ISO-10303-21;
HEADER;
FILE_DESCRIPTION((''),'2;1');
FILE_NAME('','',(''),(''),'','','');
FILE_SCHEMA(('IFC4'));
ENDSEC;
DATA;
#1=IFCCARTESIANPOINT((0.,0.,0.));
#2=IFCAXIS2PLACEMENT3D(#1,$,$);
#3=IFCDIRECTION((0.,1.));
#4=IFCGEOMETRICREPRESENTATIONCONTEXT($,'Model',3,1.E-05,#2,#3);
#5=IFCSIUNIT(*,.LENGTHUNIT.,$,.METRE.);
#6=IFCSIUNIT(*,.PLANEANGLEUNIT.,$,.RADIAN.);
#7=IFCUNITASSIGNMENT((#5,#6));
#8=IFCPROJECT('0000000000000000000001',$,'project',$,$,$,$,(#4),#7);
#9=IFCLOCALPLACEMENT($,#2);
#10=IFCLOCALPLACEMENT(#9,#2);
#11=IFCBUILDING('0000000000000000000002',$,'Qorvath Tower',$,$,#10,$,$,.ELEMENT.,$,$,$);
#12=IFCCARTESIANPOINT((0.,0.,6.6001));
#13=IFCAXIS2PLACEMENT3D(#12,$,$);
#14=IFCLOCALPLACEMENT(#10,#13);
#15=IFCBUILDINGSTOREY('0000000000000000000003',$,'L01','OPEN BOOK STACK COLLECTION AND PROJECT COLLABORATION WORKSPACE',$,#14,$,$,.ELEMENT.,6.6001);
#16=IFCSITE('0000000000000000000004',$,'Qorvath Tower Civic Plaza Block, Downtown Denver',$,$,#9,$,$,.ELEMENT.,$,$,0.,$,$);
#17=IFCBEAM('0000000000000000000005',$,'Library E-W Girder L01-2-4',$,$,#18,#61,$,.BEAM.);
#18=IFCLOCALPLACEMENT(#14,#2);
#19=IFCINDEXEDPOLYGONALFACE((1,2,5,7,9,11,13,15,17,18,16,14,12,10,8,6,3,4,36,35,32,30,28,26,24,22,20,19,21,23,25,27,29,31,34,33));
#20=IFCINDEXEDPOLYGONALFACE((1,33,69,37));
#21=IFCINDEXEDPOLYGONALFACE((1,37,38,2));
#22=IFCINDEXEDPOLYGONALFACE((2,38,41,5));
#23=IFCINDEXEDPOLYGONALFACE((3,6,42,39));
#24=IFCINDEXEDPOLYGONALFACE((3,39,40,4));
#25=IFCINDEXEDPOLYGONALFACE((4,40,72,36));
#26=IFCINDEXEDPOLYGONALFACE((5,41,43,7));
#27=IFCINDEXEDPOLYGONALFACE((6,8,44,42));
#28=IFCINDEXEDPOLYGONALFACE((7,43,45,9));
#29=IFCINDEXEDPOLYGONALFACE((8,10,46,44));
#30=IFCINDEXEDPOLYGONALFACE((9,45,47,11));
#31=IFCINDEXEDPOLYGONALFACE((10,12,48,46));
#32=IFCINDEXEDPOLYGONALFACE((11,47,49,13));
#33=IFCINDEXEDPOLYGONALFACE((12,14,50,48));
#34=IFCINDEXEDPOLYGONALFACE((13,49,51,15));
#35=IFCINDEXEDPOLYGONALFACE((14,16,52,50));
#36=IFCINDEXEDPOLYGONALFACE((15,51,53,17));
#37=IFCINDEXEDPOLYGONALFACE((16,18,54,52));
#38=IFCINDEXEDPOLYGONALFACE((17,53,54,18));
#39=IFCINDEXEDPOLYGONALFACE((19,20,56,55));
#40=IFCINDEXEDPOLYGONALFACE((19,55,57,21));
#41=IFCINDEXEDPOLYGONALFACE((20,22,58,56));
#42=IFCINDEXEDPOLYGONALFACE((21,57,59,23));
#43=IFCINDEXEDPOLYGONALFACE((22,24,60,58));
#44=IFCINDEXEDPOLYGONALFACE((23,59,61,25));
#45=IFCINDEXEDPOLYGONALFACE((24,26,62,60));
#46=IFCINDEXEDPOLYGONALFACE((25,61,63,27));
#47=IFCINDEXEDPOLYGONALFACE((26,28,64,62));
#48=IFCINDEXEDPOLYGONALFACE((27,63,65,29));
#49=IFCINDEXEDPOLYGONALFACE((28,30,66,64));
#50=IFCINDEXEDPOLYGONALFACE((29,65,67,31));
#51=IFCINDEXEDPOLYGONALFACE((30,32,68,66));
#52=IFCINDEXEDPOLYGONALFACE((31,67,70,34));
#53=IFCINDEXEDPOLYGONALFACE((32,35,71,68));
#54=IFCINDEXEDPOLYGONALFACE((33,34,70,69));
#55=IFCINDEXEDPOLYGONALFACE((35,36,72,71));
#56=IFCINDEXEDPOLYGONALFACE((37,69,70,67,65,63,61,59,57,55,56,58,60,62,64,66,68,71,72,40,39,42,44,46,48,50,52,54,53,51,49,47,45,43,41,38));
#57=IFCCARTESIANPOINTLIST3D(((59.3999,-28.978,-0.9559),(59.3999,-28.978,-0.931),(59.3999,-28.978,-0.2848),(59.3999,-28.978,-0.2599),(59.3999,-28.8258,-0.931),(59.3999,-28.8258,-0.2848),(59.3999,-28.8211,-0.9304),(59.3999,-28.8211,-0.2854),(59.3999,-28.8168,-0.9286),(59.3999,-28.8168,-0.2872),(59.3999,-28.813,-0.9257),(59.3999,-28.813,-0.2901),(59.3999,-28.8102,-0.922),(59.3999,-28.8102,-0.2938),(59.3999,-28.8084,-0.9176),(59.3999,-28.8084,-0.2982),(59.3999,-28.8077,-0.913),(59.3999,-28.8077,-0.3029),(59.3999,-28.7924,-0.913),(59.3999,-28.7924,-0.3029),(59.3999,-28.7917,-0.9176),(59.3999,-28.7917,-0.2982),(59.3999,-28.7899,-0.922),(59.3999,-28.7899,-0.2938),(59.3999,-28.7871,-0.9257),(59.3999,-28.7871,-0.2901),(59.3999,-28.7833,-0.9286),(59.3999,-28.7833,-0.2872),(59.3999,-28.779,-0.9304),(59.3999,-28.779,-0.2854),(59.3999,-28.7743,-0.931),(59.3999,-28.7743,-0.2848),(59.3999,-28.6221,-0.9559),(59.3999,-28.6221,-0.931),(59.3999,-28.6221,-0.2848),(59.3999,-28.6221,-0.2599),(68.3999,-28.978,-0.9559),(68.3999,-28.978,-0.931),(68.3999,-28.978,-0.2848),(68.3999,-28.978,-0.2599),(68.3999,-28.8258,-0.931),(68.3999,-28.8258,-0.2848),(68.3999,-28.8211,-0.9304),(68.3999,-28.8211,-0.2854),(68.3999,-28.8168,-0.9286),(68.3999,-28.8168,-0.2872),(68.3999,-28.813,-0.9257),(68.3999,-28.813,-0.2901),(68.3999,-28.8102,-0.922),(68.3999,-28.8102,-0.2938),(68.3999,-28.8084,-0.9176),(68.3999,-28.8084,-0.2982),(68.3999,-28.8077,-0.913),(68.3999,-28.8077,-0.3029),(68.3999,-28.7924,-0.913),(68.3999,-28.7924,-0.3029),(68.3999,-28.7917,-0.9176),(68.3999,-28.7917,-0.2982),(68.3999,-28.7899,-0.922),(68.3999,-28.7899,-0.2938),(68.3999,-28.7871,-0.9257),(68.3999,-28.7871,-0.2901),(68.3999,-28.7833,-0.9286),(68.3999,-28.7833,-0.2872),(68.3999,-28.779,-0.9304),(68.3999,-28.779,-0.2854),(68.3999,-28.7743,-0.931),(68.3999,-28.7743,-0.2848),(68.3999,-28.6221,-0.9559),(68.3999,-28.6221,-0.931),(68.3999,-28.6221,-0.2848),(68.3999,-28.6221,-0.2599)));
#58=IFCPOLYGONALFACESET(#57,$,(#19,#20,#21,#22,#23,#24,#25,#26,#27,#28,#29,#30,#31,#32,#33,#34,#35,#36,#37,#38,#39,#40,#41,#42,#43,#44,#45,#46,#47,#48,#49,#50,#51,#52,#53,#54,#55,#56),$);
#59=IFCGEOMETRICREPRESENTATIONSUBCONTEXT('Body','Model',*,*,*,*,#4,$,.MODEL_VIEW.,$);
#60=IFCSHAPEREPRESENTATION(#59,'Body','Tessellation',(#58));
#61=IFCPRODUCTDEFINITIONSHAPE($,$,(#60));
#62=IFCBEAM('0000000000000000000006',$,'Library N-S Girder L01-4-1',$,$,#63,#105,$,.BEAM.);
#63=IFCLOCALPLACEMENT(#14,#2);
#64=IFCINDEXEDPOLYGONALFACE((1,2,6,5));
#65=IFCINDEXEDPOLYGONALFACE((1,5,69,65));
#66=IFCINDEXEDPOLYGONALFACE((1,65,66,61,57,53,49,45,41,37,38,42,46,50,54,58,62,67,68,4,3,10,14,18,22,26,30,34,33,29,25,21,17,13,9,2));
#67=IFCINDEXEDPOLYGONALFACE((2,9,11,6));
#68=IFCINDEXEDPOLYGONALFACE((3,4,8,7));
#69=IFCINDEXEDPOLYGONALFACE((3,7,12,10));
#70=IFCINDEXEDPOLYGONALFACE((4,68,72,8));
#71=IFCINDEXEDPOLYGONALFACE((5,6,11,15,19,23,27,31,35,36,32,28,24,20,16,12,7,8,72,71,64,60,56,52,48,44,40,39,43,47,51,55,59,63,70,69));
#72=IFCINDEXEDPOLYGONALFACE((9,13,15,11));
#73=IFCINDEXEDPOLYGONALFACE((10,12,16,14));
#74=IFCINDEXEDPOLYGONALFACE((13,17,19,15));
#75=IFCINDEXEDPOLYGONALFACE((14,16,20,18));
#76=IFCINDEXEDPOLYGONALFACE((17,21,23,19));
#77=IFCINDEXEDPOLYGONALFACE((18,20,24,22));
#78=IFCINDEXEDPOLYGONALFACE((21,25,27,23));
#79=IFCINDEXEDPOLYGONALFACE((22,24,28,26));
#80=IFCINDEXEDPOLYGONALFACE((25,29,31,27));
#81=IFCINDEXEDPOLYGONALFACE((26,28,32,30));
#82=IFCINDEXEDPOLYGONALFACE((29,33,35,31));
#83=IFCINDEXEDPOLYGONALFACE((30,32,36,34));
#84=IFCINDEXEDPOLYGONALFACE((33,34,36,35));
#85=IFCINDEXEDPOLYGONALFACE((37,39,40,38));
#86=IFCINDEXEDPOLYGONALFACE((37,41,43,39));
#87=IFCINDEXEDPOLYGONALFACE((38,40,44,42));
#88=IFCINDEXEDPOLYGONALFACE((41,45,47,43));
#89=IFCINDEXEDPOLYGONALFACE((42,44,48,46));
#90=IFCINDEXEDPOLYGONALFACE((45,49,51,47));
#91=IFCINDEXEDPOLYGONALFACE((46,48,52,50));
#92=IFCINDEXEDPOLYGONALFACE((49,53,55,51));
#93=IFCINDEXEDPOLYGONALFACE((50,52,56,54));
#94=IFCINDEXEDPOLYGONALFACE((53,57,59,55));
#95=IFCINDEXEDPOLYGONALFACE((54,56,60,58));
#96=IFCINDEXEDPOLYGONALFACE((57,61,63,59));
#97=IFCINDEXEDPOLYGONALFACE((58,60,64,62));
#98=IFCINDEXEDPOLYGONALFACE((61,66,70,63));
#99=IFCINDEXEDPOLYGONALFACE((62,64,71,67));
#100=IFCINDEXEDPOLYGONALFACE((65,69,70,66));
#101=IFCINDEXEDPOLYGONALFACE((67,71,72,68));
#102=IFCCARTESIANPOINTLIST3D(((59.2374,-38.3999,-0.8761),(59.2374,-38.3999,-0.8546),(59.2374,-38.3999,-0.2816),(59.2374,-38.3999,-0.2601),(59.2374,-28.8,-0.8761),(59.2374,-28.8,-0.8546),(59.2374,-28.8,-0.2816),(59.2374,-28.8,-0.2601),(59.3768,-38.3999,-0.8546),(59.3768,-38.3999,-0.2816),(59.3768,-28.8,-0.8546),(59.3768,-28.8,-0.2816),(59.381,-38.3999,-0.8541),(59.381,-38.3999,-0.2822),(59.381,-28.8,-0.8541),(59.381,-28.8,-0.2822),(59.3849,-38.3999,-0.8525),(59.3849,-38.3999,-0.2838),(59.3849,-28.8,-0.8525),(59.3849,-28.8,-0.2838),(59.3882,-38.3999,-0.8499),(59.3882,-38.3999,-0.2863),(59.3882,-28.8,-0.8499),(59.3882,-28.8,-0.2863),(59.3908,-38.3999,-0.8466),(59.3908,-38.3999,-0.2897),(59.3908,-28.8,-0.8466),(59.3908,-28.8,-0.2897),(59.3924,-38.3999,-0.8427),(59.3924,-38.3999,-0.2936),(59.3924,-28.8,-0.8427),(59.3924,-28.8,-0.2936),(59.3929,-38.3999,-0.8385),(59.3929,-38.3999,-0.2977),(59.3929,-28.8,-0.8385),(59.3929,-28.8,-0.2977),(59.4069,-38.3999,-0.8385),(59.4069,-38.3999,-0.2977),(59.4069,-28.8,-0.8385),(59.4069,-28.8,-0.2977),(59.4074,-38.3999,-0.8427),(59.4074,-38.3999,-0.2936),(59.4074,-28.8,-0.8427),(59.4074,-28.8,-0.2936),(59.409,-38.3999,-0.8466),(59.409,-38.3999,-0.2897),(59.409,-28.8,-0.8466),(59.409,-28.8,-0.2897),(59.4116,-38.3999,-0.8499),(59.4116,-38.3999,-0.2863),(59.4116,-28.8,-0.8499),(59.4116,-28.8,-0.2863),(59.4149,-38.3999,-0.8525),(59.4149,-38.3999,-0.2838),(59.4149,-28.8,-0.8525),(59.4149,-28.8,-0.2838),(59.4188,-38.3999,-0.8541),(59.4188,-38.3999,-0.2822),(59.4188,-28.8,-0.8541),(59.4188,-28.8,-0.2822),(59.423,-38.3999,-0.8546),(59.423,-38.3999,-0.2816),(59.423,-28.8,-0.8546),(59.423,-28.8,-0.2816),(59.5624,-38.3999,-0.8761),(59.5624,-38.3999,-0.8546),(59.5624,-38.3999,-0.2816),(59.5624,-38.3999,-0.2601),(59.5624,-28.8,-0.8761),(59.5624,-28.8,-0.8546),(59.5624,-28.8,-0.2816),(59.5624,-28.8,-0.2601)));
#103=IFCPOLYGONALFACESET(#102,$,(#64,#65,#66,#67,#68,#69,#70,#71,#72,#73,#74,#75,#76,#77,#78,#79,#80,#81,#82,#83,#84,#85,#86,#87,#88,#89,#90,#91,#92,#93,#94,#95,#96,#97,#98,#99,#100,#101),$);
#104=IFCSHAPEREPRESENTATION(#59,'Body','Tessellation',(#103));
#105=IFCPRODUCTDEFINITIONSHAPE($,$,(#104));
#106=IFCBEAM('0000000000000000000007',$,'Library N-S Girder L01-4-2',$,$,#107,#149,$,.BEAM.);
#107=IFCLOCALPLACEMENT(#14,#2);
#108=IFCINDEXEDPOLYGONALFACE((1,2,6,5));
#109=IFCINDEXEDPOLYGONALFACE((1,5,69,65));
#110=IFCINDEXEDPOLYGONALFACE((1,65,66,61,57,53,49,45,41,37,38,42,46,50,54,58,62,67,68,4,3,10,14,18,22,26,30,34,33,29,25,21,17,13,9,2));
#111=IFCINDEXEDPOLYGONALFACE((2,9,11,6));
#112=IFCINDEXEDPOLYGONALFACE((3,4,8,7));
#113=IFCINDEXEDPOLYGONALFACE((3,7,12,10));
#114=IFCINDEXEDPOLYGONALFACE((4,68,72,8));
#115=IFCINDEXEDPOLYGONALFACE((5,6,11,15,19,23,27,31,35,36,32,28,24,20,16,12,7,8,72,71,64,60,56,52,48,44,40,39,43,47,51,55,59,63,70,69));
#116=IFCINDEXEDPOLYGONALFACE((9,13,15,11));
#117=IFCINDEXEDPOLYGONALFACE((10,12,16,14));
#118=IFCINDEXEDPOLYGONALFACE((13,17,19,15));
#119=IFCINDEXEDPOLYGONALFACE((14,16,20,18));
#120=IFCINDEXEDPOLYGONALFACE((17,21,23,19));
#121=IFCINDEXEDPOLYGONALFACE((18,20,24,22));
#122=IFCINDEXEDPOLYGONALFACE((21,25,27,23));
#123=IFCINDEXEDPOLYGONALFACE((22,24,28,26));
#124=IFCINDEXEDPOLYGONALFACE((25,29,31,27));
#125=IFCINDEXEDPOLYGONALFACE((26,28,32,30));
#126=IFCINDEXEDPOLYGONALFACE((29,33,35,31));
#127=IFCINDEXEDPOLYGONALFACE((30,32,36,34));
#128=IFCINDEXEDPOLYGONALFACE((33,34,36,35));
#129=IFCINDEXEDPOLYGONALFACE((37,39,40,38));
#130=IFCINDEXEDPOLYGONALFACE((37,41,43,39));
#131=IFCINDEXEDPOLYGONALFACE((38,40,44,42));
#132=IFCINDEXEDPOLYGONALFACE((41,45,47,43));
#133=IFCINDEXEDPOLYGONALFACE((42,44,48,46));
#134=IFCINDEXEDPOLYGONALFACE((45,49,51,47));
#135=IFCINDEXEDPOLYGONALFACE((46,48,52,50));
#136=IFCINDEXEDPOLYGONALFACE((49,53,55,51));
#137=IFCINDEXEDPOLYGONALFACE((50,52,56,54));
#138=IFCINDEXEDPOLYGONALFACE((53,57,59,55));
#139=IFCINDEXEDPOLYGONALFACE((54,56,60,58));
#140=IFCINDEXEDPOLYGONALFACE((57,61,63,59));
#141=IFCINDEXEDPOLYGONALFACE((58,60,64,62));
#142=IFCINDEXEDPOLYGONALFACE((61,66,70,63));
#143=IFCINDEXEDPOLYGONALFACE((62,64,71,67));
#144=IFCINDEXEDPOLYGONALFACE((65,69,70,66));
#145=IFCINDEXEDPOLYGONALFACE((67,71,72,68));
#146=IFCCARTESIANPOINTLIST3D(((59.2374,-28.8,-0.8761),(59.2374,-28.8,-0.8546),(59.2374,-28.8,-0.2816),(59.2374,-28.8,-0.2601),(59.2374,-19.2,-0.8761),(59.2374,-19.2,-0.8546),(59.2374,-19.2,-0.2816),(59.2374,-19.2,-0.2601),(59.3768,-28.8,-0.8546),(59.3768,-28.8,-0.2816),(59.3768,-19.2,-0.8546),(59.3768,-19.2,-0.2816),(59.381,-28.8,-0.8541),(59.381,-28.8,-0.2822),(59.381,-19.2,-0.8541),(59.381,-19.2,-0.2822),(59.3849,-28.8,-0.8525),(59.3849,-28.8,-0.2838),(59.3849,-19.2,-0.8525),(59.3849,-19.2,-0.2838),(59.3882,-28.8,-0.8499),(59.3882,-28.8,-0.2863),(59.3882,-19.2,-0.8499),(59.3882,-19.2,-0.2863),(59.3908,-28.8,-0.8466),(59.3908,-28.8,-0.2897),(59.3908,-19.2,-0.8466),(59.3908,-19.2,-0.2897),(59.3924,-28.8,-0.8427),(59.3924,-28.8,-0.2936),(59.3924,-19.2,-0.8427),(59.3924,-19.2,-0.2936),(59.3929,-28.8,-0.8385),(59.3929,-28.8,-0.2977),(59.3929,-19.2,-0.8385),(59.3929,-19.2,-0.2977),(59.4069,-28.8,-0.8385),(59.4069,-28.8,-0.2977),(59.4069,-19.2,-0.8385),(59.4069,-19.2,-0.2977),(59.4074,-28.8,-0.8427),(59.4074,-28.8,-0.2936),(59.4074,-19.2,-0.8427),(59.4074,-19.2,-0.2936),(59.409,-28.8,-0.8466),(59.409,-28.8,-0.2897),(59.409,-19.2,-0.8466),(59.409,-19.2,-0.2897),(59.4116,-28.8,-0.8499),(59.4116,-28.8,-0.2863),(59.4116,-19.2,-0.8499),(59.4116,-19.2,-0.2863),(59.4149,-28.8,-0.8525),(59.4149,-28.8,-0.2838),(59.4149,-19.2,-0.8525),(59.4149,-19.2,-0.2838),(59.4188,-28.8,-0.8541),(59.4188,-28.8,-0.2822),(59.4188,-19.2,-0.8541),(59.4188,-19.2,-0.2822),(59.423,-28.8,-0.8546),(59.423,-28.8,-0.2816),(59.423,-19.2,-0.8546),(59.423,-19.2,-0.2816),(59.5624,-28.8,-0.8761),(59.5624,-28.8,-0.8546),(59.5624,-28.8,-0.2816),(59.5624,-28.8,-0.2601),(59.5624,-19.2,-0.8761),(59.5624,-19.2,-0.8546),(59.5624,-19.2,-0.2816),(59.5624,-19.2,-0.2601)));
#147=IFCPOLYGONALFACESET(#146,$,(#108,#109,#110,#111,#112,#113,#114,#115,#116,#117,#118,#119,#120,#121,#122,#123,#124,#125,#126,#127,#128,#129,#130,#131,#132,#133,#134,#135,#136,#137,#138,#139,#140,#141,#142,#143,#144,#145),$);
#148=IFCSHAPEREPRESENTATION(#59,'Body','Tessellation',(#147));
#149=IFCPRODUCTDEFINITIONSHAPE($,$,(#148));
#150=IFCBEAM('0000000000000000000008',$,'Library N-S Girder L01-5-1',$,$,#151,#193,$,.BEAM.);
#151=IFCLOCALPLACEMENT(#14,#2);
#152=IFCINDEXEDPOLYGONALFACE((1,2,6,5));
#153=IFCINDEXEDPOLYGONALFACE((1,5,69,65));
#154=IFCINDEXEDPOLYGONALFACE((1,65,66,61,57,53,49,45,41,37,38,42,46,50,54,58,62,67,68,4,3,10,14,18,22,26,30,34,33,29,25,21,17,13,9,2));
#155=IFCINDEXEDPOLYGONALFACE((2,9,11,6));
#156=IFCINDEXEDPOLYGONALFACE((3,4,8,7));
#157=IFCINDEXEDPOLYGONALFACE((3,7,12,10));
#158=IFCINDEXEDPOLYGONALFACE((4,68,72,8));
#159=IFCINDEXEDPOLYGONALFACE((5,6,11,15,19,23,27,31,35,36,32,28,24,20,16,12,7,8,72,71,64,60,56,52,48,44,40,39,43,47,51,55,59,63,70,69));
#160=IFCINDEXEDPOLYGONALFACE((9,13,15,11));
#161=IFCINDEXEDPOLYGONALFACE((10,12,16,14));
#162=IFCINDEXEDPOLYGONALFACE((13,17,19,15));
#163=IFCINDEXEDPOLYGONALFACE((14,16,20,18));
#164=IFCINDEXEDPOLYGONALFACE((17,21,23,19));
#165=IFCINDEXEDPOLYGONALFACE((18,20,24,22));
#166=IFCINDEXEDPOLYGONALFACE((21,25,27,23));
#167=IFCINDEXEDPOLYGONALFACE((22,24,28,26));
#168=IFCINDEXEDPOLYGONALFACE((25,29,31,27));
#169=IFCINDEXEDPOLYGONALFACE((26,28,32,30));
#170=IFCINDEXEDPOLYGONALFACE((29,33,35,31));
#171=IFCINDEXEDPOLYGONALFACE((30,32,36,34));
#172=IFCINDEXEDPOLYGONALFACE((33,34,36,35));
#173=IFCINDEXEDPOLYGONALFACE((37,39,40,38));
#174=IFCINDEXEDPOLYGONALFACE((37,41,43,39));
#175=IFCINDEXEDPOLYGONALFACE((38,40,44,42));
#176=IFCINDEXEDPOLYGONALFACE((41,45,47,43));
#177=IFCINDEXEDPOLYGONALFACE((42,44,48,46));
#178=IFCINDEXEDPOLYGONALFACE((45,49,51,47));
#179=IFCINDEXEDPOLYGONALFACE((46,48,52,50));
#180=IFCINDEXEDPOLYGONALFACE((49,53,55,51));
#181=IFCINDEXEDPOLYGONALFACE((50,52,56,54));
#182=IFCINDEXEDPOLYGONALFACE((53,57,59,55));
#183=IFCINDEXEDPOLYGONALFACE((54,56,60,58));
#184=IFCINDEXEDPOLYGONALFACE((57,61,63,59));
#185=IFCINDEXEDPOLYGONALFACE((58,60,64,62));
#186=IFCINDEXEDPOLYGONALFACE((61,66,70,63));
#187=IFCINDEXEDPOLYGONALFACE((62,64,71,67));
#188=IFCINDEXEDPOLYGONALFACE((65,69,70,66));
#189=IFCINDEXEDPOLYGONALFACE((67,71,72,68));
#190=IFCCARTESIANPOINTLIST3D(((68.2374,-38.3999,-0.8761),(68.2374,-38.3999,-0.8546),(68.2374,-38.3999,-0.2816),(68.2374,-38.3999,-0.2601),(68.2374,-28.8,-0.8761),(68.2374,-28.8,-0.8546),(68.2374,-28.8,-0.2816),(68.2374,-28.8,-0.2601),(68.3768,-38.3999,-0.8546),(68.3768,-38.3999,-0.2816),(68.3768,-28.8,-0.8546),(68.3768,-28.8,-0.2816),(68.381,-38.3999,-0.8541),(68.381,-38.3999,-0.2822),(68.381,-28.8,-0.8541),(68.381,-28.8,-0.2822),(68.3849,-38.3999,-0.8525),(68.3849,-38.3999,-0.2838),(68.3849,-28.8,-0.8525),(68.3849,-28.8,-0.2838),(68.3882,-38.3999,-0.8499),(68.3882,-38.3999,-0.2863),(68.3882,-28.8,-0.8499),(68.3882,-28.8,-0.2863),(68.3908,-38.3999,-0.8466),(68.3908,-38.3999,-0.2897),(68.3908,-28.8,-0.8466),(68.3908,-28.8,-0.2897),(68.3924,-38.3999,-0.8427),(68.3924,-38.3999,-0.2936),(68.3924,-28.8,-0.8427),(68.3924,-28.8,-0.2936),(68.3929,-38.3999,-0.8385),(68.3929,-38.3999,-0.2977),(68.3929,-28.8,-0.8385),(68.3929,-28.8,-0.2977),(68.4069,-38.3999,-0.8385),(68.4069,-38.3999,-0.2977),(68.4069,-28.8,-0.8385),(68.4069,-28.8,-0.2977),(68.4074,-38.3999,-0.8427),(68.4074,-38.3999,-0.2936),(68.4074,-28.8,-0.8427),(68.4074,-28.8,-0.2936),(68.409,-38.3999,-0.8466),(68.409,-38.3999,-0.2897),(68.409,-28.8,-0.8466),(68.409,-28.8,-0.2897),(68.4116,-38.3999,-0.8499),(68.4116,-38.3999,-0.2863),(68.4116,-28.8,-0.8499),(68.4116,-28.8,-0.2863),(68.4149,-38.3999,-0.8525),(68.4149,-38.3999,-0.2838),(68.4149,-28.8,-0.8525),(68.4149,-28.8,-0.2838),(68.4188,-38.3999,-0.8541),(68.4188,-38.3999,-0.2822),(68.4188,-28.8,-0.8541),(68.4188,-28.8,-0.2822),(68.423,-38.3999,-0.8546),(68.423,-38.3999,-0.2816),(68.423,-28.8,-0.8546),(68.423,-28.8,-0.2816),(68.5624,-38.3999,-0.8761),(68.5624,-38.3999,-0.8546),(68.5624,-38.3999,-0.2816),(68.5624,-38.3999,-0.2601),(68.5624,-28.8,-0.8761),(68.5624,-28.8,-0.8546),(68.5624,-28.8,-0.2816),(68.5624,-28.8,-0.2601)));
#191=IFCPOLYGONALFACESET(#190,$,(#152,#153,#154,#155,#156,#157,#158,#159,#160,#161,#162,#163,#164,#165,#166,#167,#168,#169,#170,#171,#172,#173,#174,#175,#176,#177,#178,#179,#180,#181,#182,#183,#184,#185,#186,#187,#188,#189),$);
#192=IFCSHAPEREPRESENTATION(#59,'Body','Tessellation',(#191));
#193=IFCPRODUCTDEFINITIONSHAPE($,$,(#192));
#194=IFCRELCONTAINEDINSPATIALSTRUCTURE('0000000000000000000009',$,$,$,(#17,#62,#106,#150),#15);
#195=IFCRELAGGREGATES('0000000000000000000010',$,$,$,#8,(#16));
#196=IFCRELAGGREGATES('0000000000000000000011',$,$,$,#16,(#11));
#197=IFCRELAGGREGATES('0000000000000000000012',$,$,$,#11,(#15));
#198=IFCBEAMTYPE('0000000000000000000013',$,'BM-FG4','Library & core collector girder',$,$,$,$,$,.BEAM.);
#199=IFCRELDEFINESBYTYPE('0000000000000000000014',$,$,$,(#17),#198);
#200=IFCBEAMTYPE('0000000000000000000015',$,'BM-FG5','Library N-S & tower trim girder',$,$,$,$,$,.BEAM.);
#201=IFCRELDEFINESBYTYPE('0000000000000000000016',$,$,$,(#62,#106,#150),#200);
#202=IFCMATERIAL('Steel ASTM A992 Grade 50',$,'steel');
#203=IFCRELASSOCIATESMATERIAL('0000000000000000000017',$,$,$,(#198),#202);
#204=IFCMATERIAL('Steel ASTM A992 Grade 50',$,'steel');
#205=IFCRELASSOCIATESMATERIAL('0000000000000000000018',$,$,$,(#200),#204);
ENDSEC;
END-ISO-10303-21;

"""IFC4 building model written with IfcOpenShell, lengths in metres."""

from ifc_helpers import new_model, si_unit, direction, frame, origin, origin_2d, place, context, subcontext, project, spatial, i_section, extrude, material, material_profile, profile_set, type_object, element, save


model = new_model("IFC4")

# Units and contexts
model_context = context("Model", 3, precision=1e-05, world=origin(), true_north=direction((0.0, 1.0)))
body_context = subcontext(model_context, "Body", "Model", "MODEL_VIEW")
ifc_project = project(units=[si_unit("LENGTHUNIT", "METRE"), si_unit("PLANEANGLEUNIT", "RADIAN")], contexts=[model_context])

# Site, building, storey
site_placement = place(None, origin())
site = spatial("IfcSite", under=ifc_project, at=site_placement, Name="Qorvath Tower Civic Plaza Block, Downtown Denver", CompositionType="ELEMENT", RefElevation=0.0)
building_placement = place(site_placement, origin())
building = spatial("IfcBuilding", under=site, at=building_placement, Name="Qorvath Tower", CompositionType="ELEMENT")
storey_placement = place(building_placement, frame((0.0, 0.0, 6.6001)))
storey = spatial("IfcBuildingStorey", under=building, at=storey_placement, Name="L01", Description="OPEN BOOK STACK COLLECTION AND PROJECT COLLABORATION WORKSPACE", CompositionType="ELEMENT", Elevation=6.6001)

# Beams
ifc_material_1 = material(Name="Steel ASTM A992 Grade 50", Category="steel")
ifc_material_profile_1 = material_profile(ifc_material_1, i_section(OverallWidth=0.356, OverallDepth=0.696, WebThickness=0.0154, FlangeThickness=0.0249, FilletRadius=0.0181, at=origin_2d()), Name="W27x146")
ifc_profile_set_1 = profile_set([ifc_material_profile_1], Name="Steel ASTM A992 Grade 50")
beam_type_1 = type_object("IfcBeamType", Name="BM-FG4", Description="Library & core collector girder", PredefinedType="BEAM", material=ifc_profile_set_1)
beam_1_placement = place(storey_placement, frame((59.3999, -28.8, -0.6079), z_axis=(1.0, 0.0, 0.0), x_axis=(0.0, 1.0, 0.0)))
element("IfcBeam", 1, at=beam_1_placement, inside=storey, type_object=beam_type_1, Name="Library E-W Girder L01-2-4", PredefinedType="BEAM", context=body_context, shape_type="SweptSolid", body=[
    extrude(i_section(OverallWidth=0.356, OverallDepth=0.696, WebThickness=0.0154, FlangeThickness=0.0249, FilletRadius=0.0181, at=origin_2d()), origin(), (0.0, 0.0, 1.0), 9.0),
])
ifc_material_2 = material(Name="Steel ASTM A992 Grade 50", Category="steel")
ifc_material_profile_2 = material_profile(ifc_material_2, i_section(OverallWidth=0.325, OverallDepth=0.616, WebThickness=0.0139, FlangeThickness=0.0215, FilletRadius=0.0161, at=origin_2d()), Name="W24x117")
ifc_profile_set_2 = profile_set([ifc_material_profile_2], Name="Steel ASTM A992 Grade 50")
beam_type_2 = type_object("IfcBeamType", Name="BM-FG5", Description="Library N-S & tower trim girder", PredefinedType="BEAM", material=ifc_profile_set_2)
beam_2_placement = place(storey_placement, frame((59.3999, -38.3999, -0.5681), z_axis=(0.0, 1.0, 0.0), x_axis=(-1.0, 0.0, 0.0)))
element("IfcBeam", 2, at=beam_2_placement, inside=storey, type_object=beam_type_2, Name="Library N-S Girder L01-4-1", PredefinedType="BEAM", context=body_context, shape_type="SweptSolid", body=[
    extrude(i_section(OverallWidth=0.325, OverallDepth=0.616, WebThickness=0.0139, FlangeThickness=0.0215, FilletRadius=0.0161, at=origin_2d()), origin(), (0.0, 0.0, 1.0), 9.5999),
])
beam_3_placement = place(storey_placement, frame((59.3999, -28.8, -0.5681), z_axis=(0.0, 1.0, 0.0), x_axis=(-1.0, 0.0, 0.0)))
element("IfcBeam", 3, at=beam_3_placement, inside=storey, type_object=beam_type_2, Name="Library N-S Girder L01-4-2", PredefinedType="BEAM", context=body_context, shape_type="SweptSolid", body=[
    extrude(i_section(OverallWidth=0.325, OverallDepth=0.616, WebThickness=0.0139, FlangeThickness=0.0215, FilletRadius=0.0161, at=origin_2d()), origin(), (0.0, 0.0, 1.0), 9.6001),
])
beam_4_placement = place(storey_placement, frame((68.3999, -38.3999, -0.5681), z_axis=(0.0, 1.0, 0.0), x_axis=(-1.0, 0.0, 0.0)))
element("IfcBeam", 4, at=beam_4_placement, inside=storey, type_object=beam_type_2, Name="Library N-S Girder L01-5-1", PredefinedType="BEAM", context=body_context, shape_type="SweptSolid", body=[
    extrude(i_section(OverallWidth=0.325, OverallDepth=0.616, WebThickness=0.0139, FlangeThickness=0.0215, FilletRadius=0.0161, at=origin_2d()), origin(), (0.0, 0.0, 1.0), 9.5999),
])

save(model, "model.ifc")
